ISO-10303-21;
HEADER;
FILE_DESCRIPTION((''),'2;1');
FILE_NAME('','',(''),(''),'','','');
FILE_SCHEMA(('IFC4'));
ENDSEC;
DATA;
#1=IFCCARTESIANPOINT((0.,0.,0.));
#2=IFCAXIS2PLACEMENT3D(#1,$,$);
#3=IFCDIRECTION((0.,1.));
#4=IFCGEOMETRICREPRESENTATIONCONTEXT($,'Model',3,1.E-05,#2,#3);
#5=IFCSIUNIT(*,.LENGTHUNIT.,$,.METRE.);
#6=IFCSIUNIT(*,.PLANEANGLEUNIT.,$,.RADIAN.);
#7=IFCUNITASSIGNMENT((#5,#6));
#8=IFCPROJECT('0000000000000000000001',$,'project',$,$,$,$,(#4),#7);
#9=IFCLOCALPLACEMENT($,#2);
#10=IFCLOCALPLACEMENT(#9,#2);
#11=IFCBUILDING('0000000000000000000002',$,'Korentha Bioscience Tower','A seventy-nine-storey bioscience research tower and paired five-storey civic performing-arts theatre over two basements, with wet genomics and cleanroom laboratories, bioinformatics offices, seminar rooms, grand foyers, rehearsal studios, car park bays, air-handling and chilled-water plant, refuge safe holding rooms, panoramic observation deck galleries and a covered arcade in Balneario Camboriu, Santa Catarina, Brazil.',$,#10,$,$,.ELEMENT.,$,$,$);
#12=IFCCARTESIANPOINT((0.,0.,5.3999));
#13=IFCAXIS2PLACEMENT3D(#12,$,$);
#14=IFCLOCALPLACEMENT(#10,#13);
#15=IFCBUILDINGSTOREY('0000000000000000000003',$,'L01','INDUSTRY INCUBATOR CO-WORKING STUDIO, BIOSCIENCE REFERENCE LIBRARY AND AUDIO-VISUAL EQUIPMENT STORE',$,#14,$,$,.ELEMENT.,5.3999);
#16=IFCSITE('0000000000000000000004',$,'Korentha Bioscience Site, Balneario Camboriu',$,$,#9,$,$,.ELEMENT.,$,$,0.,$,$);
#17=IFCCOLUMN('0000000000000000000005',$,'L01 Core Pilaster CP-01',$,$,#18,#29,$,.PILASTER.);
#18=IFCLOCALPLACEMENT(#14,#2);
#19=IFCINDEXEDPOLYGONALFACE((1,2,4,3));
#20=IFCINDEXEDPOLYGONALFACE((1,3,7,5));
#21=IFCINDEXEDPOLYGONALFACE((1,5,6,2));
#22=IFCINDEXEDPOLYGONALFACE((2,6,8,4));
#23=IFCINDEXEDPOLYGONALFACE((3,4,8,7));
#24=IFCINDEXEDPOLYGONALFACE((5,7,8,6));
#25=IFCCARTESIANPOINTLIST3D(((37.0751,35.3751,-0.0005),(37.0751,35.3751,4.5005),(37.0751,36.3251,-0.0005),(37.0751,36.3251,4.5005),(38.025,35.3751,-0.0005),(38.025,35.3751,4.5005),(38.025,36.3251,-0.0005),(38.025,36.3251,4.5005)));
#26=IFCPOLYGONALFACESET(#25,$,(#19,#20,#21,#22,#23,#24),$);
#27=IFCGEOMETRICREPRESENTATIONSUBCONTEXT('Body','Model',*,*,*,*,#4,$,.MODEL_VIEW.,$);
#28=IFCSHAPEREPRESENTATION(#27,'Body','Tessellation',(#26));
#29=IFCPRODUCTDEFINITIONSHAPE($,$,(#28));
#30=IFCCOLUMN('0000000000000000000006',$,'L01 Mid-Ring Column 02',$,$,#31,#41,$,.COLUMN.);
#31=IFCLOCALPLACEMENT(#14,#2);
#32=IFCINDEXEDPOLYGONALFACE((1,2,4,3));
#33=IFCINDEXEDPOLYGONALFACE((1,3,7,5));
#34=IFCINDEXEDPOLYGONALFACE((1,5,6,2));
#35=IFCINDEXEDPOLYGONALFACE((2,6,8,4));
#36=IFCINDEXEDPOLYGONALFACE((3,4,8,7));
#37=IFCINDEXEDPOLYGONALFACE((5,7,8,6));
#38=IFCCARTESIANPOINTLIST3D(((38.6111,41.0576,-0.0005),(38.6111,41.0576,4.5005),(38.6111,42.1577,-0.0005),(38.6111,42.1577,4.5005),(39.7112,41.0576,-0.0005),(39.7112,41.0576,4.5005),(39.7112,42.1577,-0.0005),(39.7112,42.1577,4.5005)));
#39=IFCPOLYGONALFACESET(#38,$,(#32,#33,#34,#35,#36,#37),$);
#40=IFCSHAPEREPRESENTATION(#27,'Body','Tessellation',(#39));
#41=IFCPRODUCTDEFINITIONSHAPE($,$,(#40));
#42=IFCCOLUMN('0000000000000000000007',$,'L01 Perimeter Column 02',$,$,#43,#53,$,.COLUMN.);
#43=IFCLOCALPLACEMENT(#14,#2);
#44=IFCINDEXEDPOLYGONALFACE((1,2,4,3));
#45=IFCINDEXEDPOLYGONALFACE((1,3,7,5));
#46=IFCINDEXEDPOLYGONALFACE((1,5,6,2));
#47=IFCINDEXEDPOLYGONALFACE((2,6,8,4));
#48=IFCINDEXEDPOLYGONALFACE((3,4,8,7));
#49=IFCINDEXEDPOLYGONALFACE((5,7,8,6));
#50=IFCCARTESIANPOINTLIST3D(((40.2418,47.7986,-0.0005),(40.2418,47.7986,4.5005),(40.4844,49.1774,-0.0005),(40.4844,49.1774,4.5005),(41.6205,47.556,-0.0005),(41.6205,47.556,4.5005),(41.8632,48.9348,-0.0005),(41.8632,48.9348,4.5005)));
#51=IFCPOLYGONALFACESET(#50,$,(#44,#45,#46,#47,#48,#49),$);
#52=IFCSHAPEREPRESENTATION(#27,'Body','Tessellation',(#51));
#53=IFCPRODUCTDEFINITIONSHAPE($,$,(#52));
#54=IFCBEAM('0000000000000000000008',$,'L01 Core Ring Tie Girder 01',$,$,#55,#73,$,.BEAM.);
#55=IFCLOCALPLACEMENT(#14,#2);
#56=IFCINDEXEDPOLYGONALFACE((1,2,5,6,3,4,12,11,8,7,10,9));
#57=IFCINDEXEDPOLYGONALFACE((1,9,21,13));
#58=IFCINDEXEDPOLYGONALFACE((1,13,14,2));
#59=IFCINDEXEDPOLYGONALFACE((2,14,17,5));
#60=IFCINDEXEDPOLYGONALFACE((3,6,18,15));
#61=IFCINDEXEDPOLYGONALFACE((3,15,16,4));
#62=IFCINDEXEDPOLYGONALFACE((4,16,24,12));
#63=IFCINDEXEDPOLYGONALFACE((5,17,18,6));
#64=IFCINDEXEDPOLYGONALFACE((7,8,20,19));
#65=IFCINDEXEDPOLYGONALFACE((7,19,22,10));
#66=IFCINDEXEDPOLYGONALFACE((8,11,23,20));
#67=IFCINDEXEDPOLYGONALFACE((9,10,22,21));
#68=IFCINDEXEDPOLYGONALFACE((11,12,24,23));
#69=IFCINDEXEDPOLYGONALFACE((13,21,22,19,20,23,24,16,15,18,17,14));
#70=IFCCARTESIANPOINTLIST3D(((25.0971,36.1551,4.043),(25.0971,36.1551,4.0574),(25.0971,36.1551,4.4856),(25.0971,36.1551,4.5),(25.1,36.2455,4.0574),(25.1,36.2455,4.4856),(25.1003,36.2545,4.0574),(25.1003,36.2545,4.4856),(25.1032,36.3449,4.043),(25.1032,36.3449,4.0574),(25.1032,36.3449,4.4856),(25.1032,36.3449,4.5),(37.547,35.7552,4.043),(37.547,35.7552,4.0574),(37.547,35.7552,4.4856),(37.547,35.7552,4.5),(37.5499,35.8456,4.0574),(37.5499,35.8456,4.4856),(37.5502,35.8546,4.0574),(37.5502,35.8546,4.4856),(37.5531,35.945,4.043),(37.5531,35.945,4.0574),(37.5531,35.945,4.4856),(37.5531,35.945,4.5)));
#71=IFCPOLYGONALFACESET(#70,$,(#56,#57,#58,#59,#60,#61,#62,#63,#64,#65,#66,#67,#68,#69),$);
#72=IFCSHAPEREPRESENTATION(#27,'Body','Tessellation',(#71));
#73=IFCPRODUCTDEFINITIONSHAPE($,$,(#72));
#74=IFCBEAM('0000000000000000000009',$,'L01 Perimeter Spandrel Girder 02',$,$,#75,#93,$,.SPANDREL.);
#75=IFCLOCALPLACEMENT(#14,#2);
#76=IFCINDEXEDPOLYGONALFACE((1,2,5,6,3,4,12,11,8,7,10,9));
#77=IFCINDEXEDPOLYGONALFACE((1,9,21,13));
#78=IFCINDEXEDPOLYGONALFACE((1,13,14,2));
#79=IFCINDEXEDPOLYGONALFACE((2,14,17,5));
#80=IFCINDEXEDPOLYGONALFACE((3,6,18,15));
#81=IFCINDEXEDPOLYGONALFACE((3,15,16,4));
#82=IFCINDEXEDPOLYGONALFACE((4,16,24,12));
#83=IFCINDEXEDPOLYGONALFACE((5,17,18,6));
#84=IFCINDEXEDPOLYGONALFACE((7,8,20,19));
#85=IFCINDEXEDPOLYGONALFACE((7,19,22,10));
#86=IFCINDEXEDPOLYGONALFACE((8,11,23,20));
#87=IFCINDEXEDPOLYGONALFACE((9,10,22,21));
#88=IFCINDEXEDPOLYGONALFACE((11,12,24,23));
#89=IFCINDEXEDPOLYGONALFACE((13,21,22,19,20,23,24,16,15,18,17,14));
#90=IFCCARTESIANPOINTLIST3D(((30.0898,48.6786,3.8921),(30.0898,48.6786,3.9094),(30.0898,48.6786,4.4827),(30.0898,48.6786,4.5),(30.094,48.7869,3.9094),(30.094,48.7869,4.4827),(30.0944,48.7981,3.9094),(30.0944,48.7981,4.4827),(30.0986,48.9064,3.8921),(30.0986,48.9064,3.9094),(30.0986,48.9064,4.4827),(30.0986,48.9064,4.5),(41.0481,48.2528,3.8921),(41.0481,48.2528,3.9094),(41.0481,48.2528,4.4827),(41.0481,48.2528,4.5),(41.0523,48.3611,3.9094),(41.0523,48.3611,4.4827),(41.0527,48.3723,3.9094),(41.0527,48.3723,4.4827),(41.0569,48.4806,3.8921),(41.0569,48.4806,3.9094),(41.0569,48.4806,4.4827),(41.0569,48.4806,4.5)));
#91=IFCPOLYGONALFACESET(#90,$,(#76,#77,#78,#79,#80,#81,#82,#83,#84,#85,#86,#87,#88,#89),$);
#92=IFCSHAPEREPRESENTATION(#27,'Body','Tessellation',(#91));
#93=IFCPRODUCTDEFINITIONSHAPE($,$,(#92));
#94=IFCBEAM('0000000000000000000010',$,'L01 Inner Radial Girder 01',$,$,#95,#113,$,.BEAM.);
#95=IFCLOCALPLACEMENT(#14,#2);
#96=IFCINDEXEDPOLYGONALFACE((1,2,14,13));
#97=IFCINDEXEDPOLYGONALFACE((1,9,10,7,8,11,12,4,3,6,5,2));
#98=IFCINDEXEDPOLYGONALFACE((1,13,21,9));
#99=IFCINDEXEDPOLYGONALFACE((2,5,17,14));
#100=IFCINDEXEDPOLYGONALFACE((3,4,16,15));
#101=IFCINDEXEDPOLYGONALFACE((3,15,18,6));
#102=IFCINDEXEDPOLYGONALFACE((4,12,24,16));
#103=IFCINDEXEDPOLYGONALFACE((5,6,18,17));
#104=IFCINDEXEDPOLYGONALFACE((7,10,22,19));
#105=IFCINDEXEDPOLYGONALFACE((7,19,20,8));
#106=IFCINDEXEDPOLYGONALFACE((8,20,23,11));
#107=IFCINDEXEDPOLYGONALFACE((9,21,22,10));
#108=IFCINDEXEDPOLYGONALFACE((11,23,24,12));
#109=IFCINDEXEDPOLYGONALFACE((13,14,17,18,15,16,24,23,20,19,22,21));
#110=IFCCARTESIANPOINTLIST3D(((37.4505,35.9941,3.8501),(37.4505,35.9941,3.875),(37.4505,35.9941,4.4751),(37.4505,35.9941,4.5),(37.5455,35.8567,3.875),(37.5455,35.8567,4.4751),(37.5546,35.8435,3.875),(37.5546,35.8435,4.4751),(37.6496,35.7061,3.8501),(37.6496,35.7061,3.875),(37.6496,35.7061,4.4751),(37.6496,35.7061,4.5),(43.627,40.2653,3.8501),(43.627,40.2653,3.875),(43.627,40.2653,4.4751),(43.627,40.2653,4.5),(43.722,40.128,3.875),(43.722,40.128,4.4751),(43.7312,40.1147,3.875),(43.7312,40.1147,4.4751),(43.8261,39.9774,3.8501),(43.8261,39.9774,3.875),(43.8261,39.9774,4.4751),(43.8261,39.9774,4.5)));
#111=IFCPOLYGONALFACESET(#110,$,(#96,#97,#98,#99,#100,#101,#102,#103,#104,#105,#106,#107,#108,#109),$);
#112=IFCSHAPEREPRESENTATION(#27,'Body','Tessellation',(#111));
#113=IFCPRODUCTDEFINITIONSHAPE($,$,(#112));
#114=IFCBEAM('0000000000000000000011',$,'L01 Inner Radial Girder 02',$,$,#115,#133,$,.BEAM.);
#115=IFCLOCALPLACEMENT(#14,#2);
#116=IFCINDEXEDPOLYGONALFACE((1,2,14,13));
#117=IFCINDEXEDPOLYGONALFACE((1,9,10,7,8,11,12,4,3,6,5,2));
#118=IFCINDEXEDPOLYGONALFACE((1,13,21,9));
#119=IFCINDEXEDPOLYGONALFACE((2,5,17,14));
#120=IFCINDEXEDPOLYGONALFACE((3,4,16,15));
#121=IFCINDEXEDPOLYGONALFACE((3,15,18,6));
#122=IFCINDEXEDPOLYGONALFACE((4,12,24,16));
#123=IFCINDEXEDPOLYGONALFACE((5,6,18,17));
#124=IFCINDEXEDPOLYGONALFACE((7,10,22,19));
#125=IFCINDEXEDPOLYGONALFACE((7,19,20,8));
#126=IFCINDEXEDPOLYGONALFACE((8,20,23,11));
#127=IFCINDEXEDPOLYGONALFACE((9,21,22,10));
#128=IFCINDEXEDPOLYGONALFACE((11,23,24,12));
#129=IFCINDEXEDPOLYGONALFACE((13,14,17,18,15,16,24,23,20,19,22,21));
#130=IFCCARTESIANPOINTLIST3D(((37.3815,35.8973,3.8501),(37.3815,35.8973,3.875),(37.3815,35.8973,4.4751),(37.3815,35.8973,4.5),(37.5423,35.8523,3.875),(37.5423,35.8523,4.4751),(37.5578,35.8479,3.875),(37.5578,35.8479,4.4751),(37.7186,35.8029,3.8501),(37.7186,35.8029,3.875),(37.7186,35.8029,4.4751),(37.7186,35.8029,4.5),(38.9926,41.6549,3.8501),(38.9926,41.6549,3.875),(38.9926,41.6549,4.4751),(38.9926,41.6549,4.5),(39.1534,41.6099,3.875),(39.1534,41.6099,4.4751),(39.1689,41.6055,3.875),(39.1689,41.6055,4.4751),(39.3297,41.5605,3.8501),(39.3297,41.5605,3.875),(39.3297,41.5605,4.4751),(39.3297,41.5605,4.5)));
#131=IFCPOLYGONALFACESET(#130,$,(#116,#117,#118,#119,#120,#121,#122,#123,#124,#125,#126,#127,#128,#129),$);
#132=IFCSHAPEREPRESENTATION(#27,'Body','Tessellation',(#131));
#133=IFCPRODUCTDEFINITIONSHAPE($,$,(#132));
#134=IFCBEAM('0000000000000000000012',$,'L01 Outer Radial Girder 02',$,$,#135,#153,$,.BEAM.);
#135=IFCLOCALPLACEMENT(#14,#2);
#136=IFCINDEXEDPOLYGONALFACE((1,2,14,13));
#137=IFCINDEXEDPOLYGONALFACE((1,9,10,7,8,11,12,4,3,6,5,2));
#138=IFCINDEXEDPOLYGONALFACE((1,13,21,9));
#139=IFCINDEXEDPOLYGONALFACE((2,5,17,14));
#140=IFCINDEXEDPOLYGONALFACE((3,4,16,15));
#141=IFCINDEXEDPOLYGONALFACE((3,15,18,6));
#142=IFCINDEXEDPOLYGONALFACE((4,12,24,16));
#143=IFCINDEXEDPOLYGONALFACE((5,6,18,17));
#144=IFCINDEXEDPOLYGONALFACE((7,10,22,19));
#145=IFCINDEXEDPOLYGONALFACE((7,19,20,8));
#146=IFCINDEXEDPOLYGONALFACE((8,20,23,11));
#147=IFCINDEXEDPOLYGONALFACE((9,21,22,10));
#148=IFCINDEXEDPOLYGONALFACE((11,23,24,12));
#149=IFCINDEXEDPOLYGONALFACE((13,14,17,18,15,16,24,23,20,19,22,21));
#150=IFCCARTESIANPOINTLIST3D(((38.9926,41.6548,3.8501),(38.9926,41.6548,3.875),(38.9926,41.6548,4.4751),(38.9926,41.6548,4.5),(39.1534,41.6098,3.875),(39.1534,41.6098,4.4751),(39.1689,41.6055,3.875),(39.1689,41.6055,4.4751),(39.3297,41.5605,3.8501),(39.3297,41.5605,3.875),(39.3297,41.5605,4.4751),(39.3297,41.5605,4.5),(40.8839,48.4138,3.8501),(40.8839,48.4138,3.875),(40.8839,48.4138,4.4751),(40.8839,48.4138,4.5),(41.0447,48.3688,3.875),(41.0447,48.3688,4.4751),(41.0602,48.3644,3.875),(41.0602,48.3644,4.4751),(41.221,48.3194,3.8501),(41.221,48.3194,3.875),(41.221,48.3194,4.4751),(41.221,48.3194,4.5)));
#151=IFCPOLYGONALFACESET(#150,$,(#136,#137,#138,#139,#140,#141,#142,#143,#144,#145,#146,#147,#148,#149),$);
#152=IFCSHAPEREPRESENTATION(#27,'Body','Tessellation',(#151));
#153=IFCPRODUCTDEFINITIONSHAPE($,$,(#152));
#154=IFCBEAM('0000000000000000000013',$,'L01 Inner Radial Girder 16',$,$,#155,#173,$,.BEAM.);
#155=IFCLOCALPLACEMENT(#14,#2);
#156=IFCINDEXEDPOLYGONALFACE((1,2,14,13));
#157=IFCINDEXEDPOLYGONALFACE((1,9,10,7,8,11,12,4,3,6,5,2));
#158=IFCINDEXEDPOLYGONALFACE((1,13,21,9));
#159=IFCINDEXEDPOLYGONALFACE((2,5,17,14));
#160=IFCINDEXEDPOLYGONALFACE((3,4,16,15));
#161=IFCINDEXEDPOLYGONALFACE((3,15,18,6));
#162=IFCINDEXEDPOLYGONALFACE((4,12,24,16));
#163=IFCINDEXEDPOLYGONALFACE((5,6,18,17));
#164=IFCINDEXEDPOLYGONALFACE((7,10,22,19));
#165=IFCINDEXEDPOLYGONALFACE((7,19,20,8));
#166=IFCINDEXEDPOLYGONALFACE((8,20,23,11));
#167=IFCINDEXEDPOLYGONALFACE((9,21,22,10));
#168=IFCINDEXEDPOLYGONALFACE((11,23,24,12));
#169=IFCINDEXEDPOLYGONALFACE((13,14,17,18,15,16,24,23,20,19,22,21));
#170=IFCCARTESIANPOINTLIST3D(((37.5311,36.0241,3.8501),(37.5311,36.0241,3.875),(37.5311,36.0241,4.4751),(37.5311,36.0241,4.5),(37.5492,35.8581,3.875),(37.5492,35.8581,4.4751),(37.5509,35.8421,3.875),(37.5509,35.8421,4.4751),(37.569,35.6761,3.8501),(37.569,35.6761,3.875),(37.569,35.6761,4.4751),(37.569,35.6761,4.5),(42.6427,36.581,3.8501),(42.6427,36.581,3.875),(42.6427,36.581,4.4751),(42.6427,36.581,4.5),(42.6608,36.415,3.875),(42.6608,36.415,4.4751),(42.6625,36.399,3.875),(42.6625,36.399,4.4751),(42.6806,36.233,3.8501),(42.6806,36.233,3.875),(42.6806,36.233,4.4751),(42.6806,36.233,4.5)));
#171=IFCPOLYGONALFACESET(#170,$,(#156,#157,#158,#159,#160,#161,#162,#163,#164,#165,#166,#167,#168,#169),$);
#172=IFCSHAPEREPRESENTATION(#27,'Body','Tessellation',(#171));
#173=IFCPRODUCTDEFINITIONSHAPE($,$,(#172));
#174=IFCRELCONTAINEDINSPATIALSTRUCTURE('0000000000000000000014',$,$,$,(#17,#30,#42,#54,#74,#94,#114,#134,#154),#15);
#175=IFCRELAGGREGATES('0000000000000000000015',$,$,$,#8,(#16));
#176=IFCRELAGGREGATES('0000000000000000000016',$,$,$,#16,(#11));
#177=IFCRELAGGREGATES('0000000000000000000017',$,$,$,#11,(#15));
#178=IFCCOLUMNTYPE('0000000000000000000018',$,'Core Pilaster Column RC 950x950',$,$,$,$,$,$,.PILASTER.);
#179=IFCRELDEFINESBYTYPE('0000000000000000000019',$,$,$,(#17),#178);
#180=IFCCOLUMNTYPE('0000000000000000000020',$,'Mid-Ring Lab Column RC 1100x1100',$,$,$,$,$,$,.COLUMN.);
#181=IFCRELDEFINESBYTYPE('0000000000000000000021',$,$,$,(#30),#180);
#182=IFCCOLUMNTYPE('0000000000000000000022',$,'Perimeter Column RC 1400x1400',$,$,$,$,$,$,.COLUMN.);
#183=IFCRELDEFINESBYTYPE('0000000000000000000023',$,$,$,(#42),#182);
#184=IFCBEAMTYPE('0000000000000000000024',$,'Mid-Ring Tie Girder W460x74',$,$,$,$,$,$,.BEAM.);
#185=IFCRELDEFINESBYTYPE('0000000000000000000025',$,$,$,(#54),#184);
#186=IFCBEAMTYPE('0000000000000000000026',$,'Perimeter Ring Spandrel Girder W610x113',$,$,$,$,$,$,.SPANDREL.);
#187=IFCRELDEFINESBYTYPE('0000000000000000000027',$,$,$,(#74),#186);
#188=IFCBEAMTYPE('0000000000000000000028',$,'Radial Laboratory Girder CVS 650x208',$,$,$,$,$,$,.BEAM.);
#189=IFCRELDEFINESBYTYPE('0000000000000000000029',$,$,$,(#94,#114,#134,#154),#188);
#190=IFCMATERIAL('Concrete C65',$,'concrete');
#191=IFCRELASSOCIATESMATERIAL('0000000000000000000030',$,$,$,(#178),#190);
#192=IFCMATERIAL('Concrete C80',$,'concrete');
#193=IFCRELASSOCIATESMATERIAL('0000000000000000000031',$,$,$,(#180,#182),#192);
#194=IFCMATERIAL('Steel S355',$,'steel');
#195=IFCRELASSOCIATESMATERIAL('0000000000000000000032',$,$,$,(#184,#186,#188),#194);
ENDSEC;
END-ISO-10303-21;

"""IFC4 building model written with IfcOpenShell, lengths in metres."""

from ifc_helpers import new_model, si_unit, direction, frame, origin, origin_2d, place, context, subcontext, project, spatial, rectangle, i_section, extrude, material, material_profile, profile_set, type_object, element, save


model = new_model("IFC4")

# Units and contexts
model_context = context("Model", 3, precision=1e-05, world=origin(), true_north=direction((0.0, 1.0)))
body_context = subcontext(model_context, "Body", "Model", "MODEL_VIEW")
ifc_project = project(units=[si_unit("LENGTHUNIT", "METRE"), si_unit("PLANEANGLEUNIT", "RADIAN")], contexts=[model_context])

# Site, building, storey
site_placement = place(None, origin())
site = spatial("IfcSite", under=ifc_project, at=site_placement, Name="Korentha Bioscience Site, Balneario Camboriu", CompositionType="ELEMENT", RefElevation=0.0)
building_placement = place(site_placement, origin())
building = spatial("IfcBuilding", under=site, at=building_placement, Name="Korentha Bioscience Tower", Description="A seventy-nine-storey bioscience research tower and paired five-storey civic performing-arts theatre over two basements, with wet genomics and cleanroom laboratories, bioinformatics offices, seminar rooms, grand foyers, rehearsal studios, car park bays, air-handling and chilled-water plant, refuge safe holding rooms, panoramic observation deck galleries and a covered arcade in Balneario Camboriu, Santa Catarina, Brazil.", CompositionType="ELEMENT")
storey_placement = place(building_placement, frame((0.0, 0.0, 5.3999)))
storey = spatial("IfcBuildingStorey", under=building, at=storey_placement, Name="L01", Description="INDUSTRY INCUBATOR CO-WORKING STUDIO, BIOSCIENCE REFERENCE LIBRARY AND AUDIO-VISUAL EQUIPMENT STORE", CompositionType="ELEMENT", Elevation=5.3999)

# Columns
ifc_material_1 = material(Name="Concrete C65", Category="concrete")
ifc_material_profile_1 = material_profile(ifc_material_1, rectangle(XDim=0.95, YDim=0.95, at=origin_2d()), Name="Concrete C65")
ifc_profile_set_1 = profile_set([ifc_material_profile_1], Name="Concrete C65 (COL-CP09)")
column_type_1 = type_object("IfcColumnType", Name="Core Pilaster Column RC 950x950", PredefinedType="PILASTER", material=ifc_profile_set_1)
column_1_placement = place(storey_placement, frame((37.55, 35.8501, -0.0005), z_axis=(0.0, 0.0, 1.0), x_axis=(1.0, 0.0, 0.0)))
element("IfcColumn", 1, at=column_1_placement, inside=storey, type_object=column_type_1, Name="L01 Core Pilaster CP-01", PredefinedType="PILASTER", context=body_context, shape_type="SweptSolid", body=[
    extrude(rectangle(XDim=0.95, YDim=0.95, at=origin_2d()), origin(), (0.0, 0.0, 1.0), 4.501),
])
ifc_material_2 = material(Name="Concrete C80", Category="concrete")
ifc_material_profile_2 = material_profile(ifc_material_2, rectangle(XDim=1.1001, YDim=1.1001, at=origin_2d()), Name="Concrete C80")
ifc_profile_set_2 = profile_set([ifc_material_profile_2], Name="Concrete C80 (COL-MR11)")
column_type_2 = type_object("IfcColumnType", Name="Mid-Ring Lab Column RC 1100x1100", PredefinedType="COLUMN", material=ifc_profile_set_2)
column_2_placement = place(storey_placement, frame((39.1611, 41.6077, -0.0005), z_axis=(0.0, 0.0, 1.0), x_axis=(1.0, 0.0, 0.0)))
element("IfcColumn", 2, at=column_2_placement, inside=storey, type_object=column_type_2, Name="L01 Mid-Ring Column 02", PredefinedType="COLUMN", context=body_context, shape_type="SweptSolid", body=[
    extrude(rectangle(XDim=1.1001, YDim=1.1001, at=origin_2d()), origin(), (0.0, 0.0, 1.0), 4.501),
])
ifc_material_profile_3 = material_profile(ifc_material_2, rectangle(XDim=1.3999, YDim=1.3999, at=origin_2d()), Name="Concrete C80")
ifc_profile_set_3 = profile_set([ifc_material_profile_3], Name="Concrete C80 (COL-P14)")
column_type_3 = type_object("IfcColumnType", Name="Perimeter Column RC 1400x1400", PredefinedType="COLUMN", material=ifc_profile_set_3)
column_3_placement = place(storey_placement, frame((41.0525, 48.3667, -0.0005), z_axis=(0.0, 0.0, 1.0), x_axis=(-0.984868, 0.173304, 0.0)))
element("IfcColumn", 3, at=column_3_placement, inside=storey, type_object=column_type_3, Name="L01 Perimeter Column 02", PredefinedType="COLUMN", context=body_context, shape_type="SweptSolid", body=[
    extrude(rectangle(XDim=1.3999, YDim=1.3999, at=origin_2d()), origin(), (0.0, 0.0, 1.0), 4.501),
])

# Beams
ifc_material_3 = material(Name="Steel S355", Category="steel")
ifc_material_profile_4 = material_profile(ifc_material_3, i_section(OverallWidth=0.1899, OverallDepth=0.457, WebThickness=0.009, FlangeThickness=0.0144, at=origin_2d()), Name="Steel S355")
ifc_profile_set_4 = profile_set([ifc_material_profile_4], Name="Steel S355 (MB-460)")
beam_type_1 = type_object("IfcBeamType", Name="Mid-Ring Tie Girder W460x74", PredefinedType="BEAM", material=ifc_profile_set_4)
beam_1_placement = place(storey_placement, frame((37.55, 35.8501, 4.2715), z_axis=(-0.999485, 0.032104, 0.0), x_axis=(-0.032104, -0.999485, 0.0)))
element("IfcBeam", 4, at=beam_1_placement, inside=storey, type_object=beam_type_1, Name="L01 Core Ring Tie Girder 01", PredefinedType="BEAM", context=body_context, shape_type="SweptSolid", body=[
    extrude(i_section(OverallWidth=0.1899, OverallDepth=0.457, WebThickness=0.009, FlangeThickness=0.0144, at=origin_2d()), origin(), (0.0, 0.0, 1.0), 12.4563),
])
ifc_material_profile_5 = material_profile(ifc_material_3, i_section(OverallWidth=0.228, OverallDepth=0.6079, WebThickness=0.0112, FlangeThickness=0.0173, at=origin_2d()), Name="Steel S355")
ifc_profile_set_5 = profile_set([ifc_material_profile_5], Name="Steel S355 (SB-610)")
beam_type_2 = type_object("IfcBeamType", Name="Perimeter Ring Spandrel Girder W610x113", PredefinedType="SPANDREL", material=ifc_profile_set_5)
beam_2_placement = place(storey_placement, frame((41.0525, 48.3667, 4.196), z_axis=(-0.999246, 0.038826, 0.0), x_axis=(-0.038826, -0.999246, 0.0)))
element("IfcBeam", 5, at=beam_2_placement, inside=storey, type_object=beam_type_2, Name="L01 Perimeter Spandrel Girder 02", PredefinedType="SPANDREL", context=body_context, shape_type="SweptSolid", body=[
    extrude(i_section(OverallWidth=0.228, OverallDepth=0.6079, WebThickness=0.0112, FlangeThickness=0.0173, at=origin_2d()), origin(), (0.0, 0.0, 1.0), 10.9666),
])
ifc_material_profile_6 = material_profile(ifc_material_3, i_section(OverallWidth=0.3501, OverallDepth=0.6499, WebThickness=0.0161, FlangeThickness=0.0249, at=origin_2d()), Name="Steel S355")
ifc_profile_set_6 = profile_set([ifc_material_profile_6], Name="Steel S355 (RB-650)")
beam_type_3 = type_object("IfcBeamType", Name="Radial Laboratory Girder CVS 650x208", PredefinedType="BEAM", material=ifc_profile_set_6)
beam_3_placement = place(storey_placement, frame((37.55, 35.8501, 4.175), z_axis=(0.822492, 0.568777, 0.0), x_axis=(-0.568777, 0.822492, 0.0)))
element("IfcBeam", 6, at=beam_3_placement, inside=storey, type_object=beam_type_3, Name="L01 Inner Radial Girder 01", PredefinedType="BEAM", context=body_context, shape_type="SweptSolid", body=[
    extrude(i_section(OverallWidth=0.3501, OverallDepth=0.6499, WebThickness=0.0161, FlangeThickness=0.0249, at=origin_2d()), origin(), (0.0, 0.0, 1.0), 7.5095),
])
beam_4_placement = place(storey_placement, frame((37.55, 35.8501, 4.175), z_axis=(0.269469, 0.963009, 0.0), x_axis=(-0.963009, 0.269469, 0.0)))
element("IfcBeam", 7, at=beam_4_placement, inside=storey, type_object=beam_type_3, Name="L01 Inner Radial Girder 02", PredefinedType="BEAM", context=body_context, shape_type="SweptSolid", body=[
    extrude(i_section(OverallWidth=0.3501, OverallDepth=0.6499, WebThickness=0.0161, FlangeThickness=0.0249, at=origin_2d()), origin(), (0.0, 0.0, 1.0), 5.9788),
])
beam_5_placement = place(storey_placement, frame((39.1611, 41.6077, 4.175), z_axis=(0.269475, 0.963007, 0.0), x_axis=(-0.963007, 0.269475, 0.0)))
element("IfcBeam", 8, at=beam_5_placement, inside=storey, type_object=beam_type_3, Name="L01 Outer Radial Girder 02", PredefinedType="BEAM", context=body_context, shape_type="SweptSolid", body=[
    extrude(i_section(OverallWidth=0.3501, OverallDepth=0.6499, WebThickness=0.0161, FlangeThickness=0.0249, at=origin_2d()), origin(), (0.0, 0.0, 1.0), 7.0186),
])
beam_6_placement = place(storey_placement, frame((37.55, 35.8501, 4.175), z_axis=(0.994118, 0.108305, 0.0), x_axis=(-0.108305, 0.994118, 0.0)))
element("IfcBeam", 9, at=beam_6_placement, inside=storey, type_object=beam_type_3, Name="L01 Inner Radial Girder 16", PredefinedType="BEAM", context=body_context, shape_type="SweptSolid", body=[
    extrude(i_section(OverallWidth=0.3501, OverallDepth=0.6499, WebThickness=0.0161, FlangeThickness=0.0249, at=origin_2d()), origin(), (0.0, 0.0, 1.0), 5.1418),
])

save(model, "model.ifc")
